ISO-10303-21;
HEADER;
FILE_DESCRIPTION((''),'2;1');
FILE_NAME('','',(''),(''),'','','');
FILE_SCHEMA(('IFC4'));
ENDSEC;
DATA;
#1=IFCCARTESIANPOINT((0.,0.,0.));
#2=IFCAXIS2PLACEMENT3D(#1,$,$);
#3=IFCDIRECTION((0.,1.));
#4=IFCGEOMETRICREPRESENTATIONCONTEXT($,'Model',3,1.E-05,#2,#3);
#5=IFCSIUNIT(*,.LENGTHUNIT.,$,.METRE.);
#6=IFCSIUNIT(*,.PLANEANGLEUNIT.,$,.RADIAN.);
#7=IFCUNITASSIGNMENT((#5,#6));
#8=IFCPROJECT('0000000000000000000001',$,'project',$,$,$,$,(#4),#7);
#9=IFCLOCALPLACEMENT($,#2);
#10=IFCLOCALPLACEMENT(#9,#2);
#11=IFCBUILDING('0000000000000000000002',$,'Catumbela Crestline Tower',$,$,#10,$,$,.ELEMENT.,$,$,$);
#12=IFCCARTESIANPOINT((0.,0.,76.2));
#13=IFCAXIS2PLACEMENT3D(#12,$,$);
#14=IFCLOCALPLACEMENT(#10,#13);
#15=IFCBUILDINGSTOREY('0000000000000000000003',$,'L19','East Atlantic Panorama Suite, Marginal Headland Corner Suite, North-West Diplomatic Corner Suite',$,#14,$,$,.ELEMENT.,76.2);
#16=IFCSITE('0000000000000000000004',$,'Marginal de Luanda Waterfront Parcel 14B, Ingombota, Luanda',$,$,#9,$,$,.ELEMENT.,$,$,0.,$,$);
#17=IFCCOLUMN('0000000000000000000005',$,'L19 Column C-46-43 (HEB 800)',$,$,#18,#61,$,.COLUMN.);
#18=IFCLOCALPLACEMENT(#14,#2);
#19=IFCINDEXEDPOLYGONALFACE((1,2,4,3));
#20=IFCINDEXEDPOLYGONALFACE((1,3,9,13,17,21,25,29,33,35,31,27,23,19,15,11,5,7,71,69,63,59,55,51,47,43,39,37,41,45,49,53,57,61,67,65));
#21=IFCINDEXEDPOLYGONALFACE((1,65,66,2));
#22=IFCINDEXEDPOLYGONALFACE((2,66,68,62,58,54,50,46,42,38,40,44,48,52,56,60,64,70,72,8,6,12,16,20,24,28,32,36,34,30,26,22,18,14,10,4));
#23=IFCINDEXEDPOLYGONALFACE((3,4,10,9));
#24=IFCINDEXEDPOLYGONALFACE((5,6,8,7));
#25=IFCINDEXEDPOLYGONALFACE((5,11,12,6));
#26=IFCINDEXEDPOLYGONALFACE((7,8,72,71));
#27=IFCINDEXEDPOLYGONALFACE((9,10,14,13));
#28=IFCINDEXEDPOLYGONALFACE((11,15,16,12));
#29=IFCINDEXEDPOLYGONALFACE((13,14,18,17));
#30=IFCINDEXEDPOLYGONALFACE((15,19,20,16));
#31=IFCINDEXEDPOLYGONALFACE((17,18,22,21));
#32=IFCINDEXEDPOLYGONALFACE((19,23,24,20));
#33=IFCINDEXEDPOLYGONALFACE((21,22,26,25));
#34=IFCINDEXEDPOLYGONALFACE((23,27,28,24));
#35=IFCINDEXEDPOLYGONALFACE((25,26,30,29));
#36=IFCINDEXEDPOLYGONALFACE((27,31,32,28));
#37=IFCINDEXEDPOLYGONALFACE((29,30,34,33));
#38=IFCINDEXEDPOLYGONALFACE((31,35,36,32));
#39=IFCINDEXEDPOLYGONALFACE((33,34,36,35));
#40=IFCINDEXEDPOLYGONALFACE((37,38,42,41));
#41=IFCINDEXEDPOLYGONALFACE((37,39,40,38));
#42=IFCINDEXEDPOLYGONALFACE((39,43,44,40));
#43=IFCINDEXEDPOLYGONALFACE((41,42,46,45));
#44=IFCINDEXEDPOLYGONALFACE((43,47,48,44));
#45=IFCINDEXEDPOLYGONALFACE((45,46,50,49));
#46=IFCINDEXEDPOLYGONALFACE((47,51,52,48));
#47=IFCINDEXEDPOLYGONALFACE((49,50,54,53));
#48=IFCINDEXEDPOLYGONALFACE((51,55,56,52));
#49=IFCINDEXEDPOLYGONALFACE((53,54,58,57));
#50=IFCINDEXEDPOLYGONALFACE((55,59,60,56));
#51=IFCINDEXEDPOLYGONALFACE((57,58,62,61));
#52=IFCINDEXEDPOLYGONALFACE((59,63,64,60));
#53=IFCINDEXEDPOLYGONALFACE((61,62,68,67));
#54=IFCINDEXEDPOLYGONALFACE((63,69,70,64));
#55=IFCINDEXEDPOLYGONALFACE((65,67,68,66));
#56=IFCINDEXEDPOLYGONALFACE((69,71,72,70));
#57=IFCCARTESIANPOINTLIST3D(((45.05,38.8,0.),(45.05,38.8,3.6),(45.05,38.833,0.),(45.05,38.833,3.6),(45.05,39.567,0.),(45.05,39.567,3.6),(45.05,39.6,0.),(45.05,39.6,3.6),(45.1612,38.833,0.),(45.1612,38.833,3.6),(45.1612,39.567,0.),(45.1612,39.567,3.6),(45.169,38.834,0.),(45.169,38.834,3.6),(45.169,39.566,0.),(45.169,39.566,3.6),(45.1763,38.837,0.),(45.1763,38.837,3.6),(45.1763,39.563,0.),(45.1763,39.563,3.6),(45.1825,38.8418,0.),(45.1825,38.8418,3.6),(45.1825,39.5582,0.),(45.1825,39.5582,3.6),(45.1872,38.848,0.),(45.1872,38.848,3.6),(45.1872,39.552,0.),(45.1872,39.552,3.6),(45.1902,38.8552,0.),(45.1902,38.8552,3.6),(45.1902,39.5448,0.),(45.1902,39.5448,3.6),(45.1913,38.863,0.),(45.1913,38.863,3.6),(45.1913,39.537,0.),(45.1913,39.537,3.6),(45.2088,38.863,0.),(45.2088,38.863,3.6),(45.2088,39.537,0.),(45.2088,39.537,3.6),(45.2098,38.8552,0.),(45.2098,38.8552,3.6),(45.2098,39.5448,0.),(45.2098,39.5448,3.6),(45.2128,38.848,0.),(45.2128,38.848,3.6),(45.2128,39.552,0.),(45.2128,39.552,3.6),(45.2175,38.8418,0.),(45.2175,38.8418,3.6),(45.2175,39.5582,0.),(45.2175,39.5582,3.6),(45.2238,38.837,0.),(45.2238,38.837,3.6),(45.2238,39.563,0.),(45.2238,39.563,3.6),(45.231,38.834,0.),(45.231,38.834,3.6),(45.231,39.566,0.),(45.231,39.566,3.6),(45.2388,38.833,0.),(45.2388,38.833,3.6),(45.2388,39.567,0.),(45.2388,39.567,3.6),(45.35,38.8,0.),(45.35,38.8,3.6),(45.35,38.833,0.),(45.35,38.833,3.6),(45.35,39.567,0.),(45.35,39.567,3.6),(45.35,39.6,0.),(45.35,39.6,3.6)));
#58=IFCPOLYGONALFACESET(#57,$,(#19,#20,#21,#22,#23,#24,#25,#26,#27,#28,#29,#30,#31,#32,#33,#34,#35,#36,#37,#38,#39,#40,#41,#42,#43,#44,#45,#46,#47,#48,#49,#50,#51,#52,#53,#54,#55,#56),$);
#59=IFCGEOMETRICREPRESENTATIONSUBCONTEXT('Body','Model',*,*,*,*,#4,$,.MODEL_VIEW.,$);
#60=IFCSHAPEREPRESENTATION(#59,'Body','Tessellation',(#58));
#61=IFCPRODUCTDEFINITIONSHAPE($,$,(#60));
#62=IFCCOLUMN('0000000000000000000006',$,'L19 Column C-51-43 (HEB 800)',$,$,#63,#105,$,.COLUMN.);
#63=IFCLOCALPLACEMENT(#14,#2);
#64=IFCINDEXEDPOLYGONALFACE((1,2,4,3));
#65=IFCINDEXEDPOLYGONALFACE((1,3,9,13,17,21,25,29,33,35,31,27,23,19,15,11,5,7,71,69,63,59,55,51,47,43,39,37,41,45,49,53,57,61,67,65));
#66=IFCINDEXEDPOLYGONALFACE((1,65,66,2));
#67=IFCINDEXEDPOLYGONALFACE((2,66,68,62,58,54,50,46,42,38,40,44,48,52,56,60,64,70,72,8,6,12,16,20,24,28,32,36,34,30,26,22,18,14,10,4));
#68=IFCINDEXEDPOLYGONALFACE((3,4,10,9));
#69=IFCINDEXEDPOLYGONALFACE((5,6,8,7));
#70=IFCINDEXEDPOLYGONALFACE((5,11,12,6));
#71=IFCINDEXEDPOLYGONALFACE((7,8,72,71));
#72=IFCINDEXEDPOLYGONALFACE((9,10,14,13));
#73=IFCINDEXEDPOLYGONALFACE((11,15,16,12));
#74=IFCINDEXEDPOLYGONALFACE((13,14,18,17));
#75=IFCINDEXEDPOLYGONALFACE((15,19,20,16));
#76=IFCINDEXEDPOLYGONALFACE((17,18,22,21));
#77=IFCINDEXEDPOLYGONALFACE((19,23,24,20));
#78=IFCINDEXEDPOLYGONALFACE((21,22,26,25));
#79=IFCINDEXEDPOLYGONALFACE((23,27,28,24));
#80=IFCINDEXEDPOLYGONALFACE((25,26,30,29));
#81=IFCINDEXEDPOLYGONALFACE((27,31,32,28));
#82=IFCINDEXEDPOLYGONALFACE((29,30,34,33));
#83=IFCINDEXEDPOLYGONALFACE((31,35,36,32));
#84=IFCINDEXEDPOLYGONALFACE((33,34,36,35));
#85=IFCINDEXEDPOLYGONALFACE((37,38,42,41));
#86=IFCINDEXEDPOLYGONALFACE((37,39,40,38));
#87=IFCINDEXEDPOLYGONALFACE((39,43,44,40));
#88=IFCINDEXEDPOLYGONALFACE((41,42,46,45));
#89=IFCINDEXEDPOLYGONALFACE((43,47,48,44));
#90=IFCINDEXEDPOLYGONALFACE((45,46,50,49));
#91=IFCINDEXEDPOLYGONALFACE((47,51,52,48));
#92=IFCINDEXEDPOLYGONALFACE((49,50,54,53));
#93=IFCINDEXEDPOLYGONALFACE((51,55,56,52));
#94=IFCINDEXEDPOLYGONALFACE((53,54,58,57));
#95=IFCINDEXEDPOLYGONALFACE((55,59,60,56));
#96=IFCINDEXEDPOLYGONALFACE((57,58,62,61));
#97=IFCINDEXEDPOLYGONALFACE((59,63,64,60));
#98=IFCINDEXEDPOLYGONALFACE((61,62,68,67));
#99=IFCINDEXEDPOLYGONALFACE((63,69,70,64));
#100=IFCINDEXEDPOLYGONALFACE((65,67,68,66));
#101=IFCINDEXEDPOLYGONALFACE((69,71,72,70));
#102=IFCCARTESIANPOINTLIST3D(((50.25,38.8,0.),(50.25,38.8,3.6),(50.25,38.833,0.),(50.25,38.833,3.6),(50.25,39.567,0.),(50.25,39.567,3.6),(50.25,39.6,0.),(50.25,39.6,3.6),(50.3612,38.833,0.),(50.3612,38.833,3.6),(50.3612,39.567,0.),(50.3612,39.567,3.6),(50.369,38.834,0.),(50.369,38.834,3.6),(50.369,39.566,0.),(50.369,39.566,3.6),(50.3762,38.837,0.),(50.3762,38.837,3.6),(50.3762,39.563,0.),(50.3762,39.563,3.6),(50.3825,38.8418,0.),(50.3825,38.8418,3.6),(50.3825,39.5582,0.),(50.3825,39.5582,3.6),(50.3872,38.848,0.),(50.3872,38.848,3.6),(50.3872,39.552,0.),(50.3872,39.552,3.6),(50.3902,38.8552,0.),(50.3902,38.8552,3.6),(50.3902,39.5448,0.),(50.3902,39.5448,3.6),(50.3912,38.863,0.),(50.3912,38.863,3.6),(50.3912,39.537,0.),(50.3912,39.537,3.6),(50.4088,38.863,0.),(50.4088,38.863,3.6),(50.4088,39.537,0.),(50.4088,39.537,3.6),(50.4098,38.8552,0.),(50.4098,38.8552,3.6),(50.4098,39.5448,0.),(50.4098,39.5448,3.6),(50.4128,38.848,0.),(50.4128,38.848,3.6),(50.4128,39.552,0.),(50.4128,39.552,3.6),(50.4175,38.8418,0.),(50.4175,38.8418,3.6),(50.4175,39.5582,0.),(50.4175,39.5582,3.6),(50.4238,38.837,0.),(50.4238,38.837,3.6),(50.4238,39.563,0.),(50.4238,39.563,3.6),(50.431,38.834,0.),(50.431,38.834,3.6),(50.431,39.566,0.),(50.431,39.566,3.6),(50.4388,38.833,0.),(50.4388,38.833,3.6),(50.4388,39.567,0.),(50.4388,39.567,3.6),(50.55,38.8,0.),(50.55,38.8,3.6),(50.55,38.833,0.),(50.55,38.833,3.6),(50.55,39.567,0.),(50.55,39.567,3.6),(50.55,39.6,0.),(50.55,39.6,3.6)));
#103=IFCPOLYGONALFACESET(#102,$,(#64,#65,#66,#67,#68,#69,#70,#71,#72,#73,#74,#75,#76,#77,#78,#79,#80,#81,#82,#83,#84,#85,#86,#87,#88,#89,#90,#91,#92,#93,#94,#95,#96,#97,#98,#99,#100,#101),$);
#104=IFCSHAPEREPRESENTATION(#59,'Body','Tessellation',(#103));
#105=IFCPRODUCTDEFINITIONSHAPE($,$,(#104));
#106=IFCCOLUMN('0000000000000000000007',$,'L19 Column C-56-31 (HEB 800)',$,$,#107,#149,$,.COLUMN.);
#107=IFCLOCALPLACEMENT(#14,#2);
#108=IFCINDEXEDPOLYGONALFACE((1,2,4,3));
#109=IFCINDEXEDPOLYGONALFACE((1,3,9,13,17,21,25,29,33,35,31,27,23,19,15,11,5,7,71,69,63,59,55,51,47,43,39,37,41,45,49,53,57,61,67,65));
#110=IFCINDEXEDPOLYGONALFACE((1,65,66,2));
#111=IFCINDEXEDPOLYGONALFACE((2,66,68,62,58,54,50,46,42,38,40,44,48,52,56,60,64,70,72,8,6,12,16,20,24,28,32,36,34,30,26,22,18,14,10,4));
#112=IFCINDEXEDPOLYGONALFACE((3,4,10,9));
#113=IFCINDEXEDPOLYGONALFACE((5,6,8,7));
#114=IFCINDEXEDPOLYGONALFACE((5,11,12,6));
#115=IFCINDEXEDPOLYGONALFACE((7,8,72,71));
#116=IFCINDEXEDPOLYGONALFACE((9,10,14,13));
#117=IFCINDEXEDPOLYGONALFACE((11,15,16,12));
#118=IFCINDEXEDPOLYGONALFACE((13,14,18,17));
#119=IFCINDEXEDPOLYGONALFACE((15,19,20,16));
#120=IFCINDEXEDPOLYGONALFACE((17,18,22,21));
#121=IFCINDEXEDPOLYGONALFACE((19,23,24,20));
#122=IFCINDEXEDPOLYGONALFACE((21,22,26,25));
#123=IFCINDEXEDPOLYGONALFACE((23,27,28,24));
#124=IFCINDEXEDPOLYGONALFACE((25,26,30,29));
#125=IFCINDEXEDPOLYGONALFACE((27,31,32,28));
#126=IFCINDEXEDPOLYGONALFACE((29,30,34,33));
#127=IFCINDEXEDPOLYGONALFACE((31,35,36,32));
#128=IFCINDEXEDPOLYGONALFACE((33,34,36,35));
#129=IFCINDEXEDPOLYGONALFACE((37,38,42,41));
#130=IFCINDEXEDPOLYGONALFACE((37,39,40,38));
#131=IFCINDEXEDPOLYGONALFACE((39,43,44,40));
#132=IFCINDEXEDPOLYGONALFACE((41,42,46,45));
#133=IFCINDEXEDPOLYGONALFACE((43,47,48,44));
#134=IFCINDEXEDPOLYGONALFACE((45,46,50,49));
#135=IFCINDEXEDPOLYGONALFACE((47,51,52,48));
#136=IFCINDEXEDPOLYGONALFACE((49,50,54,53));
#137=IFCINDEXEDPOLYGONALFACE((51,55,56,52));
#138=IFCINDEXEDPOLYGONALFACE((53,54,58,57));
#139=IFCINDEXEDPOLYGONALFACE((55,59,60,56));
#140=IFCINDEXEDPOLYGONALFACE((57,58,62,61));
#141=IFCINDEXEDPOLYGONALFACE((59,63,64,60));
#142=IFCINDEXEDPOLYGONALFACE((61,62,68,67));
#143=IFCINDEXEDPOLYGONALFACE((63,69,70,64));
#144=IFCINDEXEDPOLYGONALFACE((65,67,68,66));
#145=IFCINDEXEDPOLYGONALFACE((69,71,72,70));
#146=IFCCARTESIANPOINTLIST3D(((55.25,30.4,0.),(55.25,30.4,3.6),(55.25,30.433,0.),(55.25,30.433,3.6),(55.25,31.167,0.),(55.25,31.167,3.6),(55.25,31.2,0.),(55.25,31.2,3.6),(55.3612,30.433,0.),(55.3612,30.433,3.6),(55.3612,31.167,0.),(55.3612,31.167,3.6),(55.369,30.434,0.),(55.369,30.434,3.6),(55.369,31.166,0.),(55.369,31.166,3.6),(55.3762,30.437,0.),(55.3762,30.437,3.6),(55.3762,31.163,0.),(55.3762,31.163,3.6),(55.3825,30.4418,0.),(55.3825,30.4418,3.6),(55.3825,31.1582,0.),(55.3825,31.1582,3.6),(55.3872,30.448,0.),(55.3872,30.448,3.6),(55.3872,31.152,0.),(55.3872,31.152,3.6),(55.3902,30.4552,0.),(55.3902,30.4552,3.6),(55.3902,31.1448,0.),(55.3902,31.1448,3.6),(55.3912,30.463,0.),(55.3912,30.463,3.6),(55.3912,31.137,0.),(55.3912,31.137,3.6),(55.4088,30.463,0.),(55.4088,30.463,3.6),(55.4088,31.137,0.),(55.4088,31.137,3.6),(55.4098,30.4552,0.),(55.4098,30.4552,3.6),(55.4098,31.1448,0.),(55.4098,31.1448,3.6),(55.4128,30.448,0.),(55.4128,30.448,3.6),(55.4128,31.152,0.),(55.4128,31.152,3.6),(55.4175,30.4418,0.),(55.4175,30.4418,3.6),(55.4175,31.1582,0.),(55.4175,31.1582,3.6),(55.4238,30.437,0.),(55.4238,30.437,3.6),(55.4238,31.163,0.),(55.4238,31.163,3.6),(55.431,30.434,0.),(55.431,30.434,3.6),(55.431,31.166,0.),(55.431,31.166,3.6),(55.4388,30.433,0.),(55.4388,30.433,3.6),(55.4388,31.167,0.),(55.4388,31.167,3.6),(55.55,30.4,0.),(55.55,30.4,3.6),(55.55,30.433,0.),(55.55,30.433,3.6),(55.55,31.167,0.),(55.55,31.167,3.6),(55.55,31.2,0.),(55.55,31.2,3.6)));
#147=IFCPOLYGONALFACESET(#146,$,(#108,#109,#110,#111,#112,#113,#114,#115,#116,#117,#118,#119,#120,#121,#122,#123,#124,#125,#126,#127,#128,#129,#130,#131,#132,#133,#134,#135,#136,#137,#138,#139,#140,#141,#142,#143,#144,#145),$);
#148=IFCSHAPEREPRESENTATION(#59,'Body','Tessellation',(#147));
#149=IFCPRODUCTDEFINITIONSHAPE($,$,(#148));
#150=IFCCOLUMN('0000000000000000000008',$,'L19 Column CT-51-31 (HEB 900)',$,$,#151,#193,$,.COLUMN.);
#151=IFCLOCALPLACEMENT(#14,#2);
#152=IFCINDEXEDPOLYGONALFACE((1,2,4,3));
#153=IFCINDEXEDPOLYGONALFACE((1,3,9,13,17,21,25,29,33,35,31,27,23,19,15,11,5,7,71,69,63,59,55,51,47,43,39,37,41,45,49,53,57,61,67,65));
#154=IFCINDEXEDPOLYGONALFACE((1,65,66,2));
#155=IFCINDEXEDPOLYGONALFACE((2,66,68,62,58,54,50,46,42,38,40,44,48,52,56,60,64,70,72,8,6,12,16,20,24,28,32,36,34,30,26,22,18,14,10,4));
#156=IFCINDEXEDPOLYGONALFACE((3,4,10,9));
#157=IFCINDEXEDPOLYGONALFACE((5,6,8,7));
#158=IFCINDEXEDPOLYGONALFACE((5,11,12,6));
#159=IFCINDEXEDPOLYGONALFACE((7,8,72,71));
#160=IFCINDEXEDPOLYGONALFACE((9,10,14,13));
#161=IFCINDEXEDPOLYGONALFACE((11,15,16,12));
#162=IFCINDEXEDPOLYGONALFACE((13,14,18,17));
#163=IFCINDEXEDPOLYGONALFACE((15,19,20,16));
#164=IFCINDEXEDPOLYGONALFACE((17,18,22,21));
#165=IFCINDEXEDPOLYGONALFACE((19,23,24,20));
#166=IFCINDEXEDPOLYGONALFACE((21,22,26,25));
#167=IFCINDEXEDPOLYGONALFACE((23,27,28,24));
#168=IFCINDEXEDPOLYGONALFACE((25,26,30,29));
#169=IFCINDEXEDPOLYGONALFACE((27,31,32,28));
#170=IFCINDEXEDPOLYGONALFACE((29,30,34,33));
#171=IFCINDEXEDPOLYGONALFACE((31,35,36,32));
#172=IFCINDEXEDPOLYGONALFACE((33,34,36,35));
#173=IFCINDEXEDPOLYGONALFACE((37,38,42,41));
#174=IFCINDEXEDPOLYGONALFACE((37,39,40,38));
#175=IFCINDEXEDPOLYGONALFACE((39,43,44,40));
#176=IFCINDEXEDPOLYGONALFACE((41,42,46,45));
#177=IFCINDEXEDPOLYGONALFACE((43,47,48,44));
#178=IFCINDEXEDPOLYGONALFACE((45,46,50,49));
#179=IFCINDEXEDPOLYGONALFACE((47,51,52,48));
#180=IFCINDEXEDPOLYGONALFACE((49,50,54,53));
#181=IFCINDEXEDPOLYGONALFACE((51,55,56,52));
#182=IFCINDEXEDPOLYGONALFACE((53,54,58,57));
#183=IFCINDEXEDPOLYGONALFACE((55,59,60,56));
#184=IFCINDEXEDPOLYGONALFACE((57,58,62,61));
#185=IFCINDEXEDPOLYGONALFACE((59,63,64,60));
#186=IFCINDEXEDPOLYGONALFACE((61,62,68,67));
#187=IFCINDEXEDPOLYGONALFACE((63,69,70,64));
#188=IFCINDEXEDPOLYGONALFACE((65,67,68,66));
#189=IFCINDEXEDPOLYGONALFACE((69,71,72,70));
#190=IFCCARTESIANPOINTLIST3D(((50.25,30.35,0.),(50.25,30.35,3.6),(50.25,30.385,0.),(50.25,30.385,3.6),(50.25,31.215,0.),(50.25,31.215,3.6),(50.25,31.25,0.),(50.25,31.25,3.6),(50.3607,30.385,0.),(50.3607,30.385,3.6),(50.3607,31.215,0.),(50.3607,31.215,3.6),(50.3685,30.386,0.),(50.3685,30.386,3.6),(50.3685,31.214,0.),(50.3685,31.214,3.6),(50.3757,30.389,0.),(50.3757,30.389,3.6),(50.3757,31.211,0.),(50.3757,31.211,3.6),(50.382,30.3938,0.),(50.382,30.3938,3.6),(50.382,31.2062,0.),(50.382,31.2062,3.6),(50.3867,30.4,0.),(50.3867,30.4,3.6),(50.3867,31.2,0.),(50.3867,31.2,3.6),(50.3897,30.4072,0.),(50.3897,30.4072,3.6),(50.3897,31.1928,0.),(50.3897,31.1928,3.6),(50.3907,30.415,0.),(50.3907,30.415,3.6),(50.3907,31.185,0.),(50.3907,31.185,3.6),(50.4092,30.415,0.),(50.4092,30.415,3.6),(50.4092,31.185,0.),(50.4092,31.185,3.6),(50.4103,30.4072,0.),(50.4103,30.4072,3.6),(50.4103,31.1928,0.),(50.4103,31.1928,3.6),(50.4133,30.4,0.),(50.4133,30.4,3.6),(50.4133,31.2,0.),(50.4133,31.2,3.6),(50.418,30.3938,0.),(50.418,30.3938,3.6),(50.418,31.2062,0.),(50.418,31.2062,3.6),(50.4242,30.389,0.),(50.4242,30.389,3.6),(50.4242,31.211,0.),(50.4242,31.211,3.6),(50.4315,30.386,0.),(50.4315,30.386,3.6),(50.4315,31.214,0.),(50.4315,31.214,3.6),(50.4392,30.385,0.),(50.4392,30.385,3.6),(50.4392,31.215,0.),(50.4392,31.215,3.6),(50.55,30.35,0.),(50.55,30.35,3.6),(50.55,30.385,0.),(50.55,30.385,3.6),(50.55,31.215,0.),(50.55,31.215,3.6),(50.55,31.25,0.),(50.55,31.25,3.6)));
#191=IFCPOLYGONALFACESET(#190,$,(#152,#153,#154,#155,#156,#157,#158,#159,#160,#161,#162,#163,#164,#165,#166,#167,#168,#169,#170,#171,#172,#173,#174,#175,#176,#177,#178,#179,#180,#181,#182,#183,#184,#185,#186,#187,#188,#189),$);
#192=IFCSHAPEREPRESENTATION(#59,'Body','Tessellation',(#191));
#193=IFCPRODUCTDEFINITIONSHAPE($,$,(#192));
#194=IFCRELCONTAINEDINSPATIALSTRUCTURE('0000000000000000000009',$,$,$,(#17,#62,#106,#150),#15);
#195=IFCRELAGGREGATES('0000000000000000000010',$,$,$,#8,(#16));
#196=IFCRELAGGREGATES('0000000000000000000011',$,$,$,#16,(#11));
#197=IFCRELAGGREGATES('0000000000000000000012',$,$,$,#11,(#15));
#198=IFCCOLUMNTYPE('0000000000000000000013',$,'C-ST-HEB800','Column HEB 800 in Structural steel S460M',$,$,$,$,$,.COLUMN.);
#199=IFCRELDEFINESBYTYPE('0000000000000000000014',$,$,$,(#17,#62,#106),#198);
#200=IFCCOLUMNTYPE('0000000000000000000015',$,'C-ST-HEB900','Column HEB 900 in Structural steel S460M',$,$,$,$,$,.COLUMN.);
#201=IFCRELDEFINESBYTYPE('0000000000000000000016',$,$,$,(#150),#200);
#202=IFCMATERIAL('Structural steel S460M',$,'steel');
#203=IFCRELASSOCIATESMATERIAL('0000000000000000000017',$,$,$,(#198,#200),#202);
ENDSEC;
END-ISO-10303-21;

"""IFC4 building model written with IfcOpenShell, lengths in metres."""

from ifc_helpers import new_model, si_unit, direction, frame, origin, origin_2d, place, context, subcontext, project, spatial, i_section, extrude, material, material_profile, profile_set, type_object, element, save


model = new_model("IFC4")

# Units and contexts
model_context = context("Model", 3, precision=1e-05, world=origin(), true_north=direction((0.0, 1.0)))
body_context = subcontext(model_context, "Body", "Model", "MODEL_VIEW")
ifc_project = project(units=[si_unit("LENGTHUNIT", "METRE"), si_unit("PLANEANGLEUNIT", "RADIAN")], contexts=[model_context])

# Site, building, storey
site_placement = place(None, origin())
site = spatial("IfcSite", under=ifc_project, at=site_placement, Name="Marginal de Luanda Waterfront Parcel 14B, Ingombota, Luanda", CompositionType="ELEMENT", RefElevation=0.0)
building_placement = place(site_placement, origin())
building = spatial("IfcBuilding", under=site, at=building_placement, Name="Catumbela Crestline Tower", CompositionType="ELEMENT")
storey_placement = place(building_placement, frame((0.0, 0.0, 76.2)))
storey = spatial("IfcBuildingStorey", under=building, at=storey_placement, Name="L19", Description="East Atlantic Panorama Suite, Marginal Headland Corner Suite, North-West Diplomatic Corner Suite", CompositionType="ELEMENT", Elevation=76.2)

# Columns
ifc_material_1 = material(Name="Structural steel S460M", Category="steel")
ifc_material_profile_1 = material_profile(ifc_material_1, i_section(OverallWidth=0.3, OverallDepth=0.8, WebThickness=0.0175, FlangeThickness=0.033, FilletRadius=0.03, at=origin_2d()), Name="HEB 800")
ifc_profile_set_1 = profile_set([ifc_material_profile_1], Name="Structural steel S460M")
column_type_1 = type_object("IfcColumnType", Name="C-ST-HEB800", Description="Column HEB 800 in Structural steel S460M", PredefinedType="COLUMN", material=ifc_profile_set_1)
for number, where, z_axis, x_axis, name in (
    (1, (45.2, 39.2, 0.0), (0.0, 0.0, 1.0), (1.0, 0.0, 0.0), "L19 Column C-46-43 (HEB 800)"),
    (2, (50.4, 39.2, 0.0), (0.0, 0.0, 1.0), (1.0, 0.0, 0.0), "L19 Column C-51-43 (HEB 800)"),
    (3, (55.4, 30.8, 0.0), (0.0, 0.0, 1.0), (1.0, 0.0, 0.0), "L19 Column C-56-31 (HEB 800)"),
):
    element("IfcColumn", number, at=place(storey_placement, frame(where, z_axis=z_axis, x_axis=x_axis)), inside=storey, type_object=column_type_1, Name=name, PredefinedType="COLUMN", context=body_context, shape_type="SweptSolid", body=[
        extrude(i_section(OverallWidth=0.3, OverallDepth=0.8, WebThickness=0.0175, FlangeThickness=0.033, FilletRadius=0.03, at=origin_2d()), origin(), (0.0, 0.0, 1.0), 3.6),
    ])
ifc_material_profile_2 = material_profile(ifc_material_1, i_section(OverallWidth=0.3, OverallDepth=0.9, WebThickness=0.0185, FlangeThickness=0.035, FilletRadius=0.03, at=origin_2d()), Name="HEB 900")
ifc_profile_set_2 = profile_set([ifc_material_profile_2], Name="Structural steel S460M")
column_type_2 = type_object("IfcColumnType", Name="C-ST-HEB900", Description="Column HEB 900 in Structural steel S460M", PredefinedType="COLUMN", material=ifc_profile_set_2)
for number, where, z_axis, x_axis, name in (
    (4, (50.4, 30.8, 0.0), (0.0, 0.0, 1.0), (1.0, 0.0, 0.0), "L19 Column CT-51-31 (HEB 900)"),
):
    element("IfcColumn", number, at=place(storey_placement, frame(where, z_axis=z_axis, x_axis=x_axis)), inside=storey, type_object=column_type_2, Name=name, PredefinedType="COLUMN", context=body_context, shape_type="SweptSolid", body=[
        extrude(i_section(OverallWidth=0.3, OverallDepth=0.9, WebThickness=0.0185, FlangeThickness=0.035, FilletRadius=0.03, at=origin_2d()), origin(), (0.0, 0.0, 1.0), 3.6),
    ])

save(model, "model.ifc")
